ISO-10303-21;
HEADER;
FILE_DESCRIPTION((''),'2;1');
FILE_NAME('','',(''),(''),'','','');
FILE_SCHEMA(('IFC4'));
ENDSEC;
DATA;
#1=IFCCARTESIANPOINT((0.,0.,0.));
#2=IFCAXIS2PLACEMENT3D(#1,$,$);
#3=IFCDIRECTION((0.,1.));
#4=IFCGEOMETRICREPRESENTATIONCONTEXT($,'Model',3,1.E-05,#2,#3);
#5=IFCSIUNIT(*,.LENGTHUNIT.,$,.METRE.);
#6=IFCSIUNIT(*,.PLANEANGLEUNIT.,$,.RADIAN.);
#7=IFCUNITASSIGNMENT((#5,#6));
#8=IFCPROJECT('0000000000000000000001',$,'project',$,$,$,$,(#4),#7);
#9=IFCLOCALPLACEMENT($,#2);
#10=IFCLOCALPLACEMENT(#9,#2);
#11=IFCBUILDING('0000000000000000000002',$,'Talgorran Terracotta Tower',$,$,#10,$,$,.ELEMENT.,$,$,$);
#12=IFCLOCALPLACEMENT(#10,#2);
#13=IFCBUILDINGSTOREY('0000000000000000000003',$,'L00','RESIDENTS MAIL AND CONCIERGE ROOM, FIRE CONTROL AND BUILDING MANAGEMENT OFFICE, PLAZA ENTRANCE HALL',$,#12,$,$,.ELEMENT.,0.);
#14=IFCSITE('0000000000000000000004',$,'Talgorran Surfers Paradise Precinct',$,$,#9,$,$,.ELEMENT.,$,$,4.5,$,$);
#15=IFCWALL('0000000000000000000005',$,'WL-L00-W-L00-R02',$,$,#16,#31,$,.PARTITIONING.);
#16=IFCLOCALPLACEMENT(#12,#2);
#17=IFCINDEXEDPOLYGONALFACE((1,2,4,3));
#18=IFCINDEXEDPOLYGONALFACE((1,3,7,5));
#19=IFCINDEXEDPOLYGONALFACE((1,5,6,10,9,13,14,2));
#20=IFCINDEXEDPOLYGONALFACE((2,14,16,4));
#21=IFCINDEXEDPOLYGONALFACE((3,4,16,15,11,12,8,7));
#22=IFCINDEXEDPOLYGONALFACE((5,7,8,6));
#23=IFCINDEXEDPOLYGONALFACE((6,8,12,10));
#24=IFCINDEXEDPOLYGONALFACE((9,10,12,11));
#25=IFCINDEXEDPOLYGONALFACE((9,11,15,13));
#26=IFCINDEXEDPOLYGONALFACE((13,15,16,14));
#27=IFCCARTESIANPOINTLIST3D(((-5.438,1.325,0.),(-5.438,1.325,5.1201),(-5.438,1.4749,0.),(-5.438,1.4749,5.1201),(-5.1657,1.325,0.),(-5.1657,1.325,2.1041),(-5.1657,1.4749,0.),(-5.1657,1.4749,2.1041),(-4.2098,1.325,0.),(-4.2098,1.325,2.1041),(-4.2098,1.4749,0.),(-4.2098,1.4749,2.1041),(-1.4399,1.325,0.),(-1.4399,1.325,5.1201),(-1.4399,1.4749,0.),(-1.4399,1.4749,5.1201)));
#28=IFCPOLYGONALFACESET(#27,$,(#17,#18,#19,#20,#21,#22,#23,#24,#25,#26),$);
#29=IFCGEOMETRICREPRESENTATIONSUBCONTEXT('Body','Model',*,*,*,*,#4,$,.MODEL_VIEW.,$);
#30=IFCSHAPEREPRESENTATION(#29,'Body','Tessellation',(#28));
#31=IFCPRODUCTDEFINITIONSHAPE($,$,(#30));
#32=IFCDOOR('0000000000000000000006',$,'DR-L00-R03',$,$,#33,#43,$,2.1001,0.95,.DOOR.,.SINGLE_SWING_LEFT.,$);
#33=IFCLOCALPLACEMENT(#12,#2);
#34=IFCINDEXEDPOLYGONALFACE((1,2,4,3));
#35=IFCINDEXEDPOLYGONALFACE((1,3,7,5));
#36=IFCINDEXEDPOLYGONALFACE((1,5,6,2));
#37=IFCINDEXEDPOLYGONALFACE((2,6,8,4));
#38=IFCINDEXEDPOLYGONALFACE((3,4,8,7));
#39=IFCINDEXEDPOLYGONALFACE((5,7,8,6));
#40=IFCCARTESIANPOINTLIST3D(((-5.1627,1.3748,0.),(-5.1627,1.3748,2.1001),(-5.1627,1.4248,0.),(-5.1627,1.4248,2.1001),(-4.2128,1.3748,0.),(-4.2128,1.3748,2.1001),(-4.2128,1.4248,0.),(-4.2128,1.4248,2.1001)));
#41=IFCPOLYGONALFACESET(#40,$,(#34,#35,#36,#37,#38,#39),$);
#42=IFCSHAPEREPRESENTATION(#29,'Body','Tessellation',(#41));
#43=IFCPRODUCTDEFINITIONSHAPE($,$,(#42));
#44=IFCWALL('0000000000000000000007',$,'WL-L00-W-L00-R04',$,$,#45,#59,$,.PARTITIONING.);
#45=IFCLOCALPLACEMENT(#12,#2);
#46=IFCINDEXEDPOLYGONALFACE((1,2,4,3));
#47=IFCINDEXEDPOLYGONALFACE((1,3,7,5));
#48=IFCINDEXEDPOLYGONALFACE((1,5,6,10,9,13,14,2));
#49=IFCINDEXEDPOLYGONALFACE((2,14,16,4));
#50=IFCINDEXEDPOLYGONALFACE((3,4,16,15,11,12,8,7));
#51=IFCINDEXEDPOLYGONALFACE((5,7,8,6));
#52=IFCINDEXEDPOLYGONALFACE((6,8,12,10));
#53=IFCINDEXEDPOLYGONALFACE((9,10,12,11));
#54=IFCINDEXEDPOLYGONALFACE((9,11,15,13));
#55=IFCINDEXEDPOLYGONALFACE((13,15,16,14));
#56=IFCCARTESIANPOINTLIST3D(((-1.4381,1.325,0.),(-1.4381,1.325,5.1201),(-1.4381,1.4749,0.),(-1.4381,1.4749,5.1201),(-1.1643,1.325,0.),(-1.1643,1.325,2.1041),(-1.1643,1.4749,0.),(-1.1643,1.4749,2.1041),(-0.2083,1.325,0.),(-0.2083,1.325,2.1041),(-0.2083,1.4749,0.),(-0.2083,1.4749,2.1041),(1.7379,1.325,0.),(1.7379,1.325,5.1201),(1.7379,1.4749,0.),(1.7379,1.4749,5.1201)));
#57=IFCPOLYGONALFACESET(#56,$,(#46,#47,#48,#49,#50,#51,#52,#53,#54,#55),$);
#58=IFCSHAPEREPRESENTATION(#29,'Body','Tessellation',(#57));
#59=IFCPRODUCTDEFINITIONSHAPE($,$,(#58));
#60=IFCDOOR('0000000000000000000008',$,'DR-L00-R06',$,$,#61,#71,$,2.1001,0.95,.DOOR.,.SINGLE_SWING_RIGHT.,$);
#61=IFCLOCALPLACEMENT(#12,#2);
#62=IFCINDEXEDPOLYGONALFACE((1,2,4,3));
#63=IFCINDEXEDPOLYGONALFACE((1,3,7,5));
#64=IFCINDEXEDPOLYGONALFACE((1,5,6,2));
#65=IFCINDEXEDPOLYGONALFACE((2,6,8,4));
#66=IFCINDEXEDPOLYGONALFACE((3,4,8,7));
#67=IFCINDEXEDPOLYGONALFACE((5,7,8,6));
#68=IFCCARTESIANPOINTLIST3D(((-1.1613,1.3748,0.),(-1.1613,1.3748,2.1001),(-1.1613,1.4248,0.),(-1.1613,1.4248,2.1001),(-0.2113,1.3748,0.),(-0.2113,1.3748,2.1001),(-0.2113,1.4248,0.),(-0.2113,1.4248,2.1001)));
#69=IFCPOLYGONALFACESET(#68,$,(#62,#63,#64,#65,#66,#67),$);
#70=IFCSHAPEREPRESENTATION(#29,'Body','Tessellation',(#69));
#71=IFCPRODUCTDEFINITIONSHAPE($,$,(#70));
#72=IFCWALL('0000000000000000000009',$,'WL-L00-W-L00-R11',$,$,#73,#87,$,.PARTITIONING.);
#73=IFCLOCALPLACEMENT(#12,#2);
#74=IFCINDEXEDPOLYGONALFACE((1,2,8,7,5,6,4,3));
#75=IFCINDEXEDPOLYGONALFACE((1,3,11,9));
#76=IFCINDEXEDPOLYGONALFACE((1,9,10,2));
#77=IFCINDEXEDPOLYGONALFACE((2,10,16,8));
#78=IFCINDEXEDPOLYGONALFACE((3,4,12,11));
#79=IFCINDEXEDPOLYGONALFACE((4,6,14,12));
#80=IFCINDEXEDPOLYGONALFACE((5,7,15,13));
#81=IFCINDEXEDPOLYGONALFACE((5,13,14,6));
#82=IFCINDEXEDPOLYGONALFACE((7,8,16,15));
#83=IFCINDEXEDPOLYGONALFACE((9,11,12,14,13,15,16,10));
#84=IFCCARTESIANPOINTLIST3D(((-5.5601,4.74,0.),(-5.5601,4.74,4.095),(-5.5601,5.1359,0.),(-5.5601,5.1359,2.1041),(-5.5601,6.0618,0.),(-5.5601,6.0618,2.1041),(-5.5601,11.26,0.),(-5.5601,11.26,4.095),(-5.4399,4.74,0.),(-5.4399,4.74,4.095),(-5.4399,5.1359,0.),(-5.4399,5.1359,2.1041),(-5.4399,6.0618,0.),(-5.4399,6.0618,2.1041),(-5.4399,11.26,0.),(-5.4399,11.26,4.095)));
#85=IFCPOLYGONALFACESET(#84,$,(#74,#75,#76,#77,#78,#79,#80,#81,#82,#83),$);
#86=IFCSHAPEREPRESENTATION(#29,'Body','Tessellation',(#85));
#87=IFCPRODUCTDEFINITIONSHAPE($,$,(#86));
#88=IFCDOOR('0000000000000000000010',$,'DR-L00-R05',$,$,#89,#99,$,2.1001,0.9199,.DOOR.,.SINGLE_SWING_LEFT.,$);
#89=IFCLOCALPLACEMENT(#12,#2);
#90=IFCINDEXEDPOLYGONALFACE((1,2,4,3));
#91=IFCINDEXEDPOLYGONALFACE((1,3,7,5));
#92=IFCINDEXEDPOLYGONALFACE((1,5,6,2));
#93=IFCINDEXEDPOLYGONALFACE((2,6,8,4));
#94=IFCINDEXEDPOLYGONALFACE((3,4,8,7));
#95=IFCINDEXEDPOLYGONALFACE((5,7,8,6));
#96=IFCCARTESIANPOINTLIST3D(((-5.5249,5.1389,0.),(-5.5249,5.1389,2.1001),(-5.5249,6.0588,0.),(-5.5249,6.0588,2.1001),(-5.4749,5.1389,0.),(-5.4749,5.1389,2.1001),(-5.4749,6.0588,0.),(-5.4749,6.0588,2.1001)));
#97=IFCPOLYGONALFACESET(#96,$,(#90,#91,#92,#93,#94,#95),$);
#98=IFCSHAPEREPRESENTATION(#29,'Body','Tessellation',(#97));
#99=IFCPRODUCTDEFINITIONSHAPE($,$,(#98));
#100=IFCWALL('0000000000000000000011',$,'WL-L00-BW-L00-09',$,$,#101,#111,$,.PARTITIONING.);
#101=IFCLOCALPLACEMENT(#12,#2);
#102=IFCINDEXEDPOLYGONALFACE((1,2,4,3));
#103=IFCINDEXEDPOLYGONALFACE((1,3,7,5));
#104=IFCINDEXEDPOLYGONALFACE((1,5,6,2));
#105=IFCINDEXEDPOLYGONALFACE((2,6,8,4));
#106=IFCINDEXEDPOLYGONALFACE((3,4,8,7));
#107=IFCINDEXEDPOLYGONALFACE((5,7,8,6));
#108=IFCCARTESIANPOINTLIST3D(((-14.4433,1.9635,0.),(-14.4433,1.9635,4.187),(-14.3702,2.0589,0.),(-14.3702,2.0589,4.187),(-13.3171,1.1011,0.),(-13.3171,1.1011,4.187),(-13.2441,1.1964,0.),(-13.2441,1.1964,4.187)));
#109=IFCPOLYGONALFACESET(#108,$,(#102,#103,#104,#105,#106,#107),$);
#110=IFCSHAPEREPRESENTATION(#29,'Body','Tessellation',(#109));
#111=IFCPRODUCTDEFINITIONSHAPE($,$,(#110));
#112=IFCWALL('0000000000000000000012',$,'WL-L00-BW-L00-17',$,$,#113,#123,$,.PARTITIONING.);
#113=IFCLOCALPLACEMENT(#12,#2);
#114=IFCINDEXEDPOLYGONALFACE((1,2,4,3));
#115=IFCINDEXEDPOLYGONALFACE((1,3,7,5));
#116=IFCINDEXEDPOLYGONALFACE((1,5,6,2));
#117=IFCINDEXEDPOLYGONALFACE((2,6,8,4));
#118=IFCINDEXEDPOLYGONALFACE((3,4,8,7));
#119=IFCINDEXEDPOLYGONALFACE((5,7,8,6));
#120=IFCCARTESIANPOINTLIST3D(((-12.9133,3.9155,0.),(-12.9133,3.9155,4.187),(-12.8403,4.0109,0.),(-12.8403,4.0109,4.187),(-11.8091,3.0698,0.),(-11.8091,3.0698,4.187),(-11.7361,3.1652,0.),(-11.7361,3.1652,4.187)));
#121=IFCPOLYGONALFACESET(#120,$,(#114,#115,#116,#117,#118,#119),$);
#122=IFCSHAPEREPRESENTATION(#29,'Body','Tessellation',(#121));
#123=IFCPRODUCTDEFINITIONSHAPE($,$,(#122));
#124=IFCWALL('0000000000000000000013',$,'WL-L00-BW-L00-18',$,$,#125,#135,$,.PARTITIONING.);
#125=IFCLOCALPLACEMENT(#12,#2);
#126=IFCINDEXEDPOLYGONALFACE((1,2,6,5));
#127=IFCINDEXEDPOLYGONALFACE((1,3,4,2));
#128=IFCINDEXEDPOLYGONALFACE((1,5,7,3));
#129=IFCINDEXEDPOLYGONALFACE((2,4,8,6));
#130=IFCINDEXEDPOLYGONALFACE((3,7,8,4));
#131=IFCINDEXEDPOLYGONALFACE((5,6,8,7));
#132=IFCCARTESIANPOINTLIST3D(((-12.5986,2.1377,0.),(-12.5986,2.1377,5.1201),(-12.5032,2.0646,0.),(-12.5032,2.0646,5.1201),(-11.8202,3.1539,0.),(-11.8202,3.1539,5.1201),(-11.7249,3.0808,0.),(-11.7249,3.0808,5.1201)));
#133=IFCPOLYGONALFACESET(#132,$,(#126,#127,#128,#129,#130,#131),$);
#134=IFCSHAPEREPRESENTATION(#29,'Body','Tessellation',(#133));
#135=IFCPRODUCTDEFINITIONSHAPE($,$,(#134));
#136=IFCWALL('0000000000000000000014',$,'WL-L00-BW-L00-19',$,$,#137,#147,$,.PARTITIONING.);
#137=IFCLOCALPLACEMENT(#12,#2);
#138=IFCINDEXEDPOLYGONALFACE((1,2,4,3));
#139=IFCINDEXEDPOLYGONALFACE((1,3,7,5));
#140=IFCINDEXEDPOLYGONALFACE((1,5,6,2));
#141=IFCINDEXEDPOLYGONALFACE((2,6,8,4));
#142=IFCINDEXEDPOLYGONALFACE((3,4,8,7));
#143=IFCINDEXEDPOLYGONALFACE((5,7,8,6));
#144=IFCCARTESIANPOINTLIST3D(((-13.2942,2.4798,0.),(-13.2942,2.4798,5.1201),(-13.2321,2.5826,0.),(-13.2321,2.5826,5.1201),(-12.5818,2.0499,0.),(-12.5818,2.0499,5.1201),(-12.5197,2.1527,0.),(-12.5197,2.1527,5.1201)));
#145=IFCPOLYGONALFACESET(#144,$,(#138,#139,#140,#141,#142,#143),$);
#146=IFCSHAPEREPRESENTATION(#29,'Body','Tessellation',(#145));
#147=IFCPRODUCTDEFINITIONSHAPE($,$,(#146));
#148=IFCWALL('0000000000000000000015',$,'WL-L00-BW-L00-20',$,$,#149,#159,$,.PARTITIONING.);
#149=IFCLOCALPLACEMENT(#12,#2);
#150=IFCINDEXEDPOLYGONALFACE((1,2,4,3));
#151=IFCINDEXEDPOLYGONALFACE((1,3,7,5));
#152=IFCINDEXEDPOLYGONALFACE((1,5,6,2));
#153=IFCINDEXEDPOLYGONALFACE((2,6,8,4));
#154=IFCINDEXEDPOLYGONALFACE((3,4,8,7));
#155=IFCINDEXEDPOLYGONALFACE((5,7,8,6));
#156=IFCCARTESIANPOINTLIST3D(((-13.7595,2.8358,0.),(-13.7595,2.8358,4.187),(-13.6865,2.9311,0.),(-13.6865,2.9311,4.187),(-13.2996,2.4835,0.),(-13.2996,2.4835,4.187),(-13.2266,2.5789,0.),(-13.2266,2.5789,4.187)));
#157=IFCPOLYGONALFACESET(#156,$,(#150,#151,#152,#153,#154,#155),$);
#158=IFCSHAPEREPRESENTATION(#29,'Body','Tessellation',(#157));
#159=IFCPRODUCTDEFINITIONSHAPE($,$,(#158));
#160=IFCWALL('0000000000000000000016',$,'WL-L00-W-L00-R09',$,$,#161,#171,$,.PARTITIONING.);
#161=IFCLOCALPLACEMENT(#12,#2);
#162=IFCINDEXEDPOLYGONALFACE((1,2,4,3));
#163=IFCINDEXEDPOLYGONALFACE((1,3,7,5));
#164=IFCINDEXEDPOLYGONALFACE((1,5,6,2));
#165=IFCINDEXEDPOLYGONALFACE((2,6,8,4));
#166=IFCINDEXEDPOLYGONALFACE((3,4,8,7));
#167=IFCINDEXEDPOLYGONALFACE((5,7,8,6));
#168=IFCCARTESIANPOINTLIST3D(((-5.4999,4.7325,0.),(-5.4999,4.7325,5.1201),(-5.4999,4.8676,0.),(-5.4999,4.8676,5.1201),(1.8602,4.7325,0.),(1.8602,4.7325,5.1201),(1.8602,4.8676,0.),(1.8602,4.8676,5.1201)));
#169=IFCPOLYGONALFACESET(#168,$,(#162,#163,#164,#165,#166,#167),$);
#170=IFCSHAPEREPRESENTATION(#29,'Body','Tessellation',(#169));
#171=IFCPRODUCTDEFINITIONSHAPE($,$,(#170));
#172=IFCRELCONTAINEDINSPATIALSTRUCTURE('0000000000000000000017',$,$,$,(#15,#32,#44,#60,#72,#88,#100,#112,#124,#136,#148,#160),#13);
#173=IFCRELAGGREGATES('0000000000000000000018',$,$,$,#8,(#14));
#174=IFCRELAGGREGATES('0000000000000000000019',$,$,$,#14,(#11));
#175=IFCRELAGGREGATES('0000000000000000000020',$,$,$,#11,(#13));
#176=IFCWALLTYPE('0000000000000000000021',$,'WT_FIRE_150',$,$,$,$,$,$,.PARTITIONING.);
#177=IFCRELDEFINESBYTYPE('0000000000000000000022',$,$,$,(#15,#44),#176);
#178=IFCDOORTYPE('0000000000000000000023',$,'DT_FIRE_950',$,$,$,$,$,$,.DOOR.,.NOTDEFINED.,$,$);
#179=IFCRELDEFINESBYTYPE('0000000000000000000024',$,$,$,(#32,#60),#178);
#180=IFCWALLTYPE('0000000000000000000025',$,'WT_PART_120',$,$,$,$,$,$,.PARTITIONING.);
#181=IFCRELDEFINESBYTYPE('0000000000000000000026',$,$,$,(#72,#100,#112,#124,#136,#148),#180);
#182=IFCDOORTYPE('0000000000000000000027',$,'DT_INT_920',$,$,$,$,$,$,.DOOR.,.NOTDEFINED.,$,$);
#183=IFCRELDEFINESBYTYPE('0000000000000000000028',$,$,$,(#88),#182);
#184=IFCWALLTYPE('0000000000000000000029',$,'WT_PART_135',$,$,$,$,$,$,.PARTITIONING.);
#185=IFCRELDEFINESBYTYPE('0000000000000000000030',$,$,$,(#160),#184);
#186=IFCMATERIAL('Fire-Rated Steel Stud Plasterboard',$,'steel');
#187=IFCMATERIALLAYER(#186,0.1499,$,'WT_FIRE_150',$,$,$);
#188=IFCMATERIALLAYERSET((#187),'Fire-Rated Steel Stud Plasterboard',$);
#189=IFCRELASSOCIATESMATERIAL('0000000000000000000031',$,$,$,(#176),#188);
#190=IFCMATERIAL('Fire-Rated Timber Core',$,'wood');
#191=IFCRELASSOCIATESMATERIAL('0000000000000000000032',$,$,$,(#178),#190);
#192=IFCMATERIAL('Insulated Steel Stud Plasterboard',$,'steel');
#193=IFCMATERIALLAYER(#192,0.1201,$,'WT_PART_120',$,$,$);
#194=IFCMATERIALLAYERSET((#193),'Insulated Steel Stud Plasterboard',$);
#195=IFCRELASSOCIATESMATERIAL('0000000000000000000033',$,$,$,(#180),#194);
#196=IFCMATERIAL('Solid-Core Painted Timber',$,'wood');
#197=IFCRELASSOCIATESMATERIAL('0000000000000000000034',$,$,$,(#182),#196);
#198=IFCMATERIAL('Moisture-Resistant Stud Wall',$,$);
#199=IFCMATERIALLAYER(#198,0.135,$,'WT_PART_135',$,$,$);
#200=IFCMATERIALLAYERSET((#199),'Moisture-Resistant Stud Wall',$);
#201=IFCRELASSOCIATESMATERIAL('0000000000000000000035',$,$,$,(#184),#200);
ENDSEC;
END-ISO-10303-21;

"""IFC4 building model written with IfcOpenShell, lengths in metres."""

from ifc_helpers import new_model, si_unit, direction, frame, frame_2d, origin, place, context, subcontext, project, spatial, rectangle, extrude, material, layer, layer_set, type_object, element, fill, save


model = new_model("IFC4")

# Units and contexts
model_context = context("Model", 3, precision=1e-05, world=origin(), true_north=direction((0.0, 1.0)))
body_context = subcontext(model_context, "Body", "Model", "MODEL_VIEW")
ifc_project = project(units=[si_unit("LENGTHUNIT", "METRE"), si_unit("PLANEANGLEUNIT", "RADIAN")], contexts=[model_context])

# Site, building, storey
site_placement = place(None, origin())
site = spatial("IfcSite", under=ifc_project, at=site_placement, Name="Talgorran Surfers Paradise Precinct", CompositionType="ELEMENT", RefElevation=4.5)
building_placement = place(site_placement, origin())
building = spatial("IfcBuilding", under=site, at=building_placement, Name="Talgorran Terracotta Tower", CompositionType="ELEMENT")
storey_placement = place(building_placement, origin())
storey = spatial("IfcBuildingStorey", under=building, at=storey_placement, Name="L00", Description="RESIDENTS MAIL AND CONCIERGE ROOM, FIRE CONTROL AND BUILDING MANAGEMENT OFFICE, PLAZA ENTRANCE HALL", CompositionType="ELEMENT", Elevation=0.0)

# Walls, openings, doors
ifc_material_1 = material(Name="Fire-Rated Steel Stud Plasterboard", Category="steel")
ifc_layer_1 = layer(ifc_material_1, 0.1499, Name="WT_FIRE_150")
ifc_layer_set_1 = layer_set([ifc_layer_1], Name="Fire-Rated Steel Stud Plasterboard")
wall_type_1 = type_object("IfcWallType", Name="WT_FIRE_150", PredefinedType="PARTITIONING", material=ifc_layer_set_1)
wall_1_placement = place(storey_placement, frame((-5.438, 1.3999, 0.0), z_axis=(0.0, 0.0, 1.0), x_axis=(1.0, 0.0, 0.0)))
wall_1 = element("IfcWall", 1, at=wall_1_placement, inside=storey, type_object=wall_type_1, Name="WL-L00-W-L00-R02", PredefinedType="PARTITIONING", context=body_context, shape_type="SweptSolid", body=[
    extrude(rectangle(XDim=3.998, YDim=0.1499, at=frame_2d((1.999, 0.0))), origin(), (0.0, 0.0, 1.0), 5.1201),
])
opening_1_placement = place(wall_1_placement, frame((0.2751, 0.0, 0.0)))
opening_1 = element("IfcOpeningElement", 2, at=opening_1_placement, cuts=wall_1, PredefinedType="OPENING", context=body_context, shape_type="SweptSolid", body=[
    extrude(rectangle(XDim=0.956, YDim=2.1041, at=frame_2d((0.4751, 1.052))), frame((0.0, 0.085, 0.0), z_axis=(0.0, -1.0, 0.0), x_axis=(1.0, 0.0, 0.0)), (0.0, 0.0, 1.0), 0.1699),
])
ifc_material_2 = material(Name="Fire-Rated Timber Core", Category="wood")
door_type_1 = type_object("IfcDoorType", Name="DT_FIRE_950", OperationType="NOTDEFINED", PredefinedType="DOOR", material=ifc_material_2)
door_1_placement = place(opening_1_placement, origin())
door_1 = element("IfcDoor", 3, at=door_1_placement, inside=storey, type_object=door_type_1, Name="DR-L00-R03", OperationType="SINGLE_SWING_LEFT", OverallHeight=2.1001, OverallWidth=0.95, PredefinedType="DOOR", context=body_context, shape_type="SweptSolid", body=[
    extrude(rectangle(XDim=0.95, YDim=2.1001, at=frame_2d((0.4751, 1.05))), frame((0.0, 0.0249, 0.0), z_axis=(0.0, -1.0, 0.0), x_axis=(1.0, 0.0, 0.0)), (0.0, 0.0, 1.0), 0.05),
])
fill(opening_1, door_1)
wall_2_placement = place(storey_placement, frame((-1.438, 1.3999, 0.0), z_axis=(0.0, 0.0, 1.0), x_axis=(1.0, 0.0, 0.0)))
wall_2 = element("IfcWall", 4, at=wall_2_placement, inside=storey, type_object=wall_type_1, Name="WL-L00-W-L00-R04", PredefinedType="PARTITIONING", context=body_context, shape_type="SweptSolid", body=[
    extrude(rectangle(XDim=3.176, YDim=0.1499, at=frame_2d((1.5879, 0.0))), origin(), (0.0, 0.0, 1.0), 5.1201),
])
opening_2_placement = place(wall_2_placement, frame((0.2766, 0.0, 0.0)))
opening_2 = element("IfcOpeningElement", 5, at=opening_2_placement, cuts=wall_2, PredefinedType="OPENING", context=body_context, shape_type="SweptSolid", body=[
    extrude(rectangle(XDim=0.956, YDim=2.1041, at=frame_2d((0.4751, 1.052))), frame((0.0, 0.085, 0.0), z_axis=(0.0, -1.0, 0.0), x_axis=(1.0, 0.0, 0.0)), (0.0, 0.0, 1.0), 0.1699),
])
door_2_placement = place(opening_2_placement, origin())
door_2 = element("IfcDoor", 6, at=door_2_placement, inside=storey, type_object=door_type_1, Name="DR-L00-R06", OperationType="SINGLE_SWING_RIGHT", OverallHeight=2.1001, OverallWidth=0.95, PredefinedType="DOOR", context=body_context, shape_type="SweptSolid", body=[
    extrude(rectangle(XDim=0.95, YDim=2.1001, at=frame_2d((0.4751, 1.05))), frame((0.0, 0.0249, 0.0), z_axis=(0.0, -1.0, 0.0), x_axis=(1.0, 0.0, 0.0)), (0.0, 0.0, 1.0), 0.05),
])
fill(opening_2, door_2)
ifc_material_3 = material(Name="Insulated Steel Stud Plasterboard", Category="steel")
ifc_layer_2 = layer(ifc_material_3, 0.1201, Name="WT_PART_120")
ifc_layer_set_2 = layer_set([ifc_layer_2], Name="Insulated Steel Stud Plasterboard")
wall_type_2 = type_object("IfcWallType", Name="WT_PART_120", PredefinedType="PARTITIONING", material=ifc_layer_set_2)
wall_3_placement = place(storey_placement, frame((-5.5, 4.74, 0.0), z_axis=(0.0, 0.0, 1.0), x_axis=(0.0, 1.0, 0.0)))
wall_3 = element("IfcWall", 7, at=wall_3_placement, inside=storey, type_object=wall_type_2, Name="WL-L00-W-L00-R11", PredefinedType="PARTITIONING", context=body_context, shape_type="SweptSolid", body=[
    extrude(rectangle(XDim=6.52, YDim=0.1201, at=frame_2d((3.26, 0.0))), origin(), (0.0, 0.0, 1.0), 4.095),
])
opening_3_placement = place(wall_3_placement, frame((0.3989, 0.0, 0.0)))
opening_3 = element("IfcOpeningElement", 8, at=opening_3_placement, cuts=wall_3, PredefinedType="OPENING", context=body_context, shape_type="SweptSolid", body=[
    extrude(rectangle(XDim=0.9259, YDim=2.1041, at=frame_2d((0.46, 1.052))), frame((0.0, 0.0701, 0.0), z_axis=(0.0, -1.0, 0.0), x_axis=(1.0, 0.0, 0.0)), (0.0, 0.0, 1.0), 0.1401),
])
ifc_material_4 = material(Name="Solid-Core Painted Timber", Category="wood")
door_type_2 = type_object("IfcDoorType", Name="DT_INT_920", OperationType="NOTDEFINED", PredefinedType="DOOR", material=ifc_material_4)
door_3_placement = place(opening_3_placement, origin())
door_3 = element("IfcDoor", 9, at=door_3_placement, inside=storey, type_object=door_type_2, Name="DR-L00-R05", OperationType="SINGLE_SWING_LEFT", OverallHeight=2.1001, OverallWidth=0.9199, PredefinedType="DOOR", context=body_context, shape_type="SweptSolid", body=[
    extrude(rectangle(XDim=0.9199, YDim=2.1001, at=frame_2d((0.46, 1.05))), frame((0.0, 0.0249, 0.0), z_axis=(0.0, -1.0, 0.0), x_axis=(1.0, 0.0, 0.0)), (0.0, 0.0, 1.0), 0.05),
])
fill(opening_3, door_3)

# Walls
wall_4_placement = place(storey_placement, frame((-14.4067, 2.0112, 0.0), z_axis=(0.0, 0.0, 1.0), x_axis=(0.793908, -0.608038, 0.0)))
element("IfcWall", 10, at=wall_4_placement, inside=storey, type_object=wall_type_2, Name="WL-L00-BW-L00-09", PredefinedType="PARTITIONING", context=body_context, shape_type="SweptSolid", body=[
    extrude(rectangle(XDim=1.4185, YDim=0.1201, at=frame_2d((0.7092, 0.0))), origin(), (0.0, 0.0, 1.0), 4.187),
])
wall_5_placement = place(storey_placement, frame((-12.8767, 3.9631, 0.0), z_axis=(0.0, 0.0, 1.0), x_axis=(0.793914, -0.60803, 0.0)))
element("IfcWall", 11, at=wall_5_placement, inside=storey, type_object=wall_type_2, Name="WL-L00-BW-L00-17", PredefinedType="PARTITIONING", context=body_context, shape_type="SweptSolid", body=[
    extrude(rectangle(XDim=1.3909, YDim=0.1201, at=frame_2d((0.6953, 0.0))), origin(), (0.0, 0.0, 1.0), 4.187),
])
wall_6_placement = place(storey_placement, frame((-11.7725, 3.1174, 0.0), z_axis=(0.0, 0.0, 1.0), x_axis=(-0.608087, -0.79387, 0.0)))
element("IfcWall", 12, at=wall_6_placement, inside=storey, type_object=wall_type_2, Name="WL-L00-BW-L00-18", PredefinedType="PARTITIONING", context=body_context, shape_type="SweptSolid", body=[
    extrude(rectangle(XDim=1.28, YDim=0.1201, at=frame_2d((0.6401, 0.0))), origin(), (0.0, 0.0, 1.0), 5.1201),
])
wall_7_placement = place(storey_placement, frame((-12.5508, 2.1013, 0.0), z_axis=(0.0, 0.0, 1.0), x_axis=(-0.85617, 0.516695, 0.0)))
element("IfcWall", 13, at=wall_7_placement, inside=storey, type_object=wall_type_2, Name="WL-L00-BW-L00-19", PredefinedType="PARTITIONING", context=body_context, shape_type="SweptSolid", body=[
    extrude(rectangle(XDim=0.832, YDim=0.1201, at=frame_2d((0.416, 0.0))), origin(), (0.0, 0.0, 1.0), 5.1201),
])
wall_8_placement = place(storey_placement, frame((-13.2632, 2.5312, 0.0), z_axis=(0.0, 0.0, 1.0), x_axis=(-0.793891, 0.60806, 0.0)))
element("IfcWall", 14, at=wall_8_placement, inside=storey, type_object=wall_type_2, Name="WL-L00-BW-L00-20", PredefinedType="PARTITIONING", context=body_context, shape_type="SweptSolid", body=[
    extrude(rectangle(XDim=0.5793, YDim=0.1201, at=frame_2d((0.2896, 0.0))), origin(), (0.0, 0.0, 1.0), 4.187),
])
ifc_material_5 = material(Name="Moisture-Resistant Stud Wall")
ifc_layer_3 = layer(ifc_material_5, 0.135, Name="WT_PART_135")
ifc_layer_set_3 = layer_set([ifc_layer_3], Name="Moisture-Resistant Stud Wall")
wall_type_3 = type_object("IfcWallType", Name="WT_PART_135", PredefinedType="PARTITIONING", material=ifc_layer_set_3)
wall_9_placement = place(storey_placement, frame((-5.5, 4.8, 0.0), z_axis=(0.0, 0.0, 1.0), x_axis=(1.0, 0.0, 0.0)))
element("IfcWall", 15, at=wall_9_placement, inside=storey, type_object=wall_type_3, Name="WL-L00-W-L00-R09", PredefinedType="PARTITIONING", context=body_context, shape_type="SweptSolid", body=[
    extrude(rectangle(XDim=7.3601, YDim=0.135, at=frame_2d((3.6802, 0.0))), origin(), (0.0, 0.0, 1.0), 5.1201),
])

save(model, "model.ifc")
